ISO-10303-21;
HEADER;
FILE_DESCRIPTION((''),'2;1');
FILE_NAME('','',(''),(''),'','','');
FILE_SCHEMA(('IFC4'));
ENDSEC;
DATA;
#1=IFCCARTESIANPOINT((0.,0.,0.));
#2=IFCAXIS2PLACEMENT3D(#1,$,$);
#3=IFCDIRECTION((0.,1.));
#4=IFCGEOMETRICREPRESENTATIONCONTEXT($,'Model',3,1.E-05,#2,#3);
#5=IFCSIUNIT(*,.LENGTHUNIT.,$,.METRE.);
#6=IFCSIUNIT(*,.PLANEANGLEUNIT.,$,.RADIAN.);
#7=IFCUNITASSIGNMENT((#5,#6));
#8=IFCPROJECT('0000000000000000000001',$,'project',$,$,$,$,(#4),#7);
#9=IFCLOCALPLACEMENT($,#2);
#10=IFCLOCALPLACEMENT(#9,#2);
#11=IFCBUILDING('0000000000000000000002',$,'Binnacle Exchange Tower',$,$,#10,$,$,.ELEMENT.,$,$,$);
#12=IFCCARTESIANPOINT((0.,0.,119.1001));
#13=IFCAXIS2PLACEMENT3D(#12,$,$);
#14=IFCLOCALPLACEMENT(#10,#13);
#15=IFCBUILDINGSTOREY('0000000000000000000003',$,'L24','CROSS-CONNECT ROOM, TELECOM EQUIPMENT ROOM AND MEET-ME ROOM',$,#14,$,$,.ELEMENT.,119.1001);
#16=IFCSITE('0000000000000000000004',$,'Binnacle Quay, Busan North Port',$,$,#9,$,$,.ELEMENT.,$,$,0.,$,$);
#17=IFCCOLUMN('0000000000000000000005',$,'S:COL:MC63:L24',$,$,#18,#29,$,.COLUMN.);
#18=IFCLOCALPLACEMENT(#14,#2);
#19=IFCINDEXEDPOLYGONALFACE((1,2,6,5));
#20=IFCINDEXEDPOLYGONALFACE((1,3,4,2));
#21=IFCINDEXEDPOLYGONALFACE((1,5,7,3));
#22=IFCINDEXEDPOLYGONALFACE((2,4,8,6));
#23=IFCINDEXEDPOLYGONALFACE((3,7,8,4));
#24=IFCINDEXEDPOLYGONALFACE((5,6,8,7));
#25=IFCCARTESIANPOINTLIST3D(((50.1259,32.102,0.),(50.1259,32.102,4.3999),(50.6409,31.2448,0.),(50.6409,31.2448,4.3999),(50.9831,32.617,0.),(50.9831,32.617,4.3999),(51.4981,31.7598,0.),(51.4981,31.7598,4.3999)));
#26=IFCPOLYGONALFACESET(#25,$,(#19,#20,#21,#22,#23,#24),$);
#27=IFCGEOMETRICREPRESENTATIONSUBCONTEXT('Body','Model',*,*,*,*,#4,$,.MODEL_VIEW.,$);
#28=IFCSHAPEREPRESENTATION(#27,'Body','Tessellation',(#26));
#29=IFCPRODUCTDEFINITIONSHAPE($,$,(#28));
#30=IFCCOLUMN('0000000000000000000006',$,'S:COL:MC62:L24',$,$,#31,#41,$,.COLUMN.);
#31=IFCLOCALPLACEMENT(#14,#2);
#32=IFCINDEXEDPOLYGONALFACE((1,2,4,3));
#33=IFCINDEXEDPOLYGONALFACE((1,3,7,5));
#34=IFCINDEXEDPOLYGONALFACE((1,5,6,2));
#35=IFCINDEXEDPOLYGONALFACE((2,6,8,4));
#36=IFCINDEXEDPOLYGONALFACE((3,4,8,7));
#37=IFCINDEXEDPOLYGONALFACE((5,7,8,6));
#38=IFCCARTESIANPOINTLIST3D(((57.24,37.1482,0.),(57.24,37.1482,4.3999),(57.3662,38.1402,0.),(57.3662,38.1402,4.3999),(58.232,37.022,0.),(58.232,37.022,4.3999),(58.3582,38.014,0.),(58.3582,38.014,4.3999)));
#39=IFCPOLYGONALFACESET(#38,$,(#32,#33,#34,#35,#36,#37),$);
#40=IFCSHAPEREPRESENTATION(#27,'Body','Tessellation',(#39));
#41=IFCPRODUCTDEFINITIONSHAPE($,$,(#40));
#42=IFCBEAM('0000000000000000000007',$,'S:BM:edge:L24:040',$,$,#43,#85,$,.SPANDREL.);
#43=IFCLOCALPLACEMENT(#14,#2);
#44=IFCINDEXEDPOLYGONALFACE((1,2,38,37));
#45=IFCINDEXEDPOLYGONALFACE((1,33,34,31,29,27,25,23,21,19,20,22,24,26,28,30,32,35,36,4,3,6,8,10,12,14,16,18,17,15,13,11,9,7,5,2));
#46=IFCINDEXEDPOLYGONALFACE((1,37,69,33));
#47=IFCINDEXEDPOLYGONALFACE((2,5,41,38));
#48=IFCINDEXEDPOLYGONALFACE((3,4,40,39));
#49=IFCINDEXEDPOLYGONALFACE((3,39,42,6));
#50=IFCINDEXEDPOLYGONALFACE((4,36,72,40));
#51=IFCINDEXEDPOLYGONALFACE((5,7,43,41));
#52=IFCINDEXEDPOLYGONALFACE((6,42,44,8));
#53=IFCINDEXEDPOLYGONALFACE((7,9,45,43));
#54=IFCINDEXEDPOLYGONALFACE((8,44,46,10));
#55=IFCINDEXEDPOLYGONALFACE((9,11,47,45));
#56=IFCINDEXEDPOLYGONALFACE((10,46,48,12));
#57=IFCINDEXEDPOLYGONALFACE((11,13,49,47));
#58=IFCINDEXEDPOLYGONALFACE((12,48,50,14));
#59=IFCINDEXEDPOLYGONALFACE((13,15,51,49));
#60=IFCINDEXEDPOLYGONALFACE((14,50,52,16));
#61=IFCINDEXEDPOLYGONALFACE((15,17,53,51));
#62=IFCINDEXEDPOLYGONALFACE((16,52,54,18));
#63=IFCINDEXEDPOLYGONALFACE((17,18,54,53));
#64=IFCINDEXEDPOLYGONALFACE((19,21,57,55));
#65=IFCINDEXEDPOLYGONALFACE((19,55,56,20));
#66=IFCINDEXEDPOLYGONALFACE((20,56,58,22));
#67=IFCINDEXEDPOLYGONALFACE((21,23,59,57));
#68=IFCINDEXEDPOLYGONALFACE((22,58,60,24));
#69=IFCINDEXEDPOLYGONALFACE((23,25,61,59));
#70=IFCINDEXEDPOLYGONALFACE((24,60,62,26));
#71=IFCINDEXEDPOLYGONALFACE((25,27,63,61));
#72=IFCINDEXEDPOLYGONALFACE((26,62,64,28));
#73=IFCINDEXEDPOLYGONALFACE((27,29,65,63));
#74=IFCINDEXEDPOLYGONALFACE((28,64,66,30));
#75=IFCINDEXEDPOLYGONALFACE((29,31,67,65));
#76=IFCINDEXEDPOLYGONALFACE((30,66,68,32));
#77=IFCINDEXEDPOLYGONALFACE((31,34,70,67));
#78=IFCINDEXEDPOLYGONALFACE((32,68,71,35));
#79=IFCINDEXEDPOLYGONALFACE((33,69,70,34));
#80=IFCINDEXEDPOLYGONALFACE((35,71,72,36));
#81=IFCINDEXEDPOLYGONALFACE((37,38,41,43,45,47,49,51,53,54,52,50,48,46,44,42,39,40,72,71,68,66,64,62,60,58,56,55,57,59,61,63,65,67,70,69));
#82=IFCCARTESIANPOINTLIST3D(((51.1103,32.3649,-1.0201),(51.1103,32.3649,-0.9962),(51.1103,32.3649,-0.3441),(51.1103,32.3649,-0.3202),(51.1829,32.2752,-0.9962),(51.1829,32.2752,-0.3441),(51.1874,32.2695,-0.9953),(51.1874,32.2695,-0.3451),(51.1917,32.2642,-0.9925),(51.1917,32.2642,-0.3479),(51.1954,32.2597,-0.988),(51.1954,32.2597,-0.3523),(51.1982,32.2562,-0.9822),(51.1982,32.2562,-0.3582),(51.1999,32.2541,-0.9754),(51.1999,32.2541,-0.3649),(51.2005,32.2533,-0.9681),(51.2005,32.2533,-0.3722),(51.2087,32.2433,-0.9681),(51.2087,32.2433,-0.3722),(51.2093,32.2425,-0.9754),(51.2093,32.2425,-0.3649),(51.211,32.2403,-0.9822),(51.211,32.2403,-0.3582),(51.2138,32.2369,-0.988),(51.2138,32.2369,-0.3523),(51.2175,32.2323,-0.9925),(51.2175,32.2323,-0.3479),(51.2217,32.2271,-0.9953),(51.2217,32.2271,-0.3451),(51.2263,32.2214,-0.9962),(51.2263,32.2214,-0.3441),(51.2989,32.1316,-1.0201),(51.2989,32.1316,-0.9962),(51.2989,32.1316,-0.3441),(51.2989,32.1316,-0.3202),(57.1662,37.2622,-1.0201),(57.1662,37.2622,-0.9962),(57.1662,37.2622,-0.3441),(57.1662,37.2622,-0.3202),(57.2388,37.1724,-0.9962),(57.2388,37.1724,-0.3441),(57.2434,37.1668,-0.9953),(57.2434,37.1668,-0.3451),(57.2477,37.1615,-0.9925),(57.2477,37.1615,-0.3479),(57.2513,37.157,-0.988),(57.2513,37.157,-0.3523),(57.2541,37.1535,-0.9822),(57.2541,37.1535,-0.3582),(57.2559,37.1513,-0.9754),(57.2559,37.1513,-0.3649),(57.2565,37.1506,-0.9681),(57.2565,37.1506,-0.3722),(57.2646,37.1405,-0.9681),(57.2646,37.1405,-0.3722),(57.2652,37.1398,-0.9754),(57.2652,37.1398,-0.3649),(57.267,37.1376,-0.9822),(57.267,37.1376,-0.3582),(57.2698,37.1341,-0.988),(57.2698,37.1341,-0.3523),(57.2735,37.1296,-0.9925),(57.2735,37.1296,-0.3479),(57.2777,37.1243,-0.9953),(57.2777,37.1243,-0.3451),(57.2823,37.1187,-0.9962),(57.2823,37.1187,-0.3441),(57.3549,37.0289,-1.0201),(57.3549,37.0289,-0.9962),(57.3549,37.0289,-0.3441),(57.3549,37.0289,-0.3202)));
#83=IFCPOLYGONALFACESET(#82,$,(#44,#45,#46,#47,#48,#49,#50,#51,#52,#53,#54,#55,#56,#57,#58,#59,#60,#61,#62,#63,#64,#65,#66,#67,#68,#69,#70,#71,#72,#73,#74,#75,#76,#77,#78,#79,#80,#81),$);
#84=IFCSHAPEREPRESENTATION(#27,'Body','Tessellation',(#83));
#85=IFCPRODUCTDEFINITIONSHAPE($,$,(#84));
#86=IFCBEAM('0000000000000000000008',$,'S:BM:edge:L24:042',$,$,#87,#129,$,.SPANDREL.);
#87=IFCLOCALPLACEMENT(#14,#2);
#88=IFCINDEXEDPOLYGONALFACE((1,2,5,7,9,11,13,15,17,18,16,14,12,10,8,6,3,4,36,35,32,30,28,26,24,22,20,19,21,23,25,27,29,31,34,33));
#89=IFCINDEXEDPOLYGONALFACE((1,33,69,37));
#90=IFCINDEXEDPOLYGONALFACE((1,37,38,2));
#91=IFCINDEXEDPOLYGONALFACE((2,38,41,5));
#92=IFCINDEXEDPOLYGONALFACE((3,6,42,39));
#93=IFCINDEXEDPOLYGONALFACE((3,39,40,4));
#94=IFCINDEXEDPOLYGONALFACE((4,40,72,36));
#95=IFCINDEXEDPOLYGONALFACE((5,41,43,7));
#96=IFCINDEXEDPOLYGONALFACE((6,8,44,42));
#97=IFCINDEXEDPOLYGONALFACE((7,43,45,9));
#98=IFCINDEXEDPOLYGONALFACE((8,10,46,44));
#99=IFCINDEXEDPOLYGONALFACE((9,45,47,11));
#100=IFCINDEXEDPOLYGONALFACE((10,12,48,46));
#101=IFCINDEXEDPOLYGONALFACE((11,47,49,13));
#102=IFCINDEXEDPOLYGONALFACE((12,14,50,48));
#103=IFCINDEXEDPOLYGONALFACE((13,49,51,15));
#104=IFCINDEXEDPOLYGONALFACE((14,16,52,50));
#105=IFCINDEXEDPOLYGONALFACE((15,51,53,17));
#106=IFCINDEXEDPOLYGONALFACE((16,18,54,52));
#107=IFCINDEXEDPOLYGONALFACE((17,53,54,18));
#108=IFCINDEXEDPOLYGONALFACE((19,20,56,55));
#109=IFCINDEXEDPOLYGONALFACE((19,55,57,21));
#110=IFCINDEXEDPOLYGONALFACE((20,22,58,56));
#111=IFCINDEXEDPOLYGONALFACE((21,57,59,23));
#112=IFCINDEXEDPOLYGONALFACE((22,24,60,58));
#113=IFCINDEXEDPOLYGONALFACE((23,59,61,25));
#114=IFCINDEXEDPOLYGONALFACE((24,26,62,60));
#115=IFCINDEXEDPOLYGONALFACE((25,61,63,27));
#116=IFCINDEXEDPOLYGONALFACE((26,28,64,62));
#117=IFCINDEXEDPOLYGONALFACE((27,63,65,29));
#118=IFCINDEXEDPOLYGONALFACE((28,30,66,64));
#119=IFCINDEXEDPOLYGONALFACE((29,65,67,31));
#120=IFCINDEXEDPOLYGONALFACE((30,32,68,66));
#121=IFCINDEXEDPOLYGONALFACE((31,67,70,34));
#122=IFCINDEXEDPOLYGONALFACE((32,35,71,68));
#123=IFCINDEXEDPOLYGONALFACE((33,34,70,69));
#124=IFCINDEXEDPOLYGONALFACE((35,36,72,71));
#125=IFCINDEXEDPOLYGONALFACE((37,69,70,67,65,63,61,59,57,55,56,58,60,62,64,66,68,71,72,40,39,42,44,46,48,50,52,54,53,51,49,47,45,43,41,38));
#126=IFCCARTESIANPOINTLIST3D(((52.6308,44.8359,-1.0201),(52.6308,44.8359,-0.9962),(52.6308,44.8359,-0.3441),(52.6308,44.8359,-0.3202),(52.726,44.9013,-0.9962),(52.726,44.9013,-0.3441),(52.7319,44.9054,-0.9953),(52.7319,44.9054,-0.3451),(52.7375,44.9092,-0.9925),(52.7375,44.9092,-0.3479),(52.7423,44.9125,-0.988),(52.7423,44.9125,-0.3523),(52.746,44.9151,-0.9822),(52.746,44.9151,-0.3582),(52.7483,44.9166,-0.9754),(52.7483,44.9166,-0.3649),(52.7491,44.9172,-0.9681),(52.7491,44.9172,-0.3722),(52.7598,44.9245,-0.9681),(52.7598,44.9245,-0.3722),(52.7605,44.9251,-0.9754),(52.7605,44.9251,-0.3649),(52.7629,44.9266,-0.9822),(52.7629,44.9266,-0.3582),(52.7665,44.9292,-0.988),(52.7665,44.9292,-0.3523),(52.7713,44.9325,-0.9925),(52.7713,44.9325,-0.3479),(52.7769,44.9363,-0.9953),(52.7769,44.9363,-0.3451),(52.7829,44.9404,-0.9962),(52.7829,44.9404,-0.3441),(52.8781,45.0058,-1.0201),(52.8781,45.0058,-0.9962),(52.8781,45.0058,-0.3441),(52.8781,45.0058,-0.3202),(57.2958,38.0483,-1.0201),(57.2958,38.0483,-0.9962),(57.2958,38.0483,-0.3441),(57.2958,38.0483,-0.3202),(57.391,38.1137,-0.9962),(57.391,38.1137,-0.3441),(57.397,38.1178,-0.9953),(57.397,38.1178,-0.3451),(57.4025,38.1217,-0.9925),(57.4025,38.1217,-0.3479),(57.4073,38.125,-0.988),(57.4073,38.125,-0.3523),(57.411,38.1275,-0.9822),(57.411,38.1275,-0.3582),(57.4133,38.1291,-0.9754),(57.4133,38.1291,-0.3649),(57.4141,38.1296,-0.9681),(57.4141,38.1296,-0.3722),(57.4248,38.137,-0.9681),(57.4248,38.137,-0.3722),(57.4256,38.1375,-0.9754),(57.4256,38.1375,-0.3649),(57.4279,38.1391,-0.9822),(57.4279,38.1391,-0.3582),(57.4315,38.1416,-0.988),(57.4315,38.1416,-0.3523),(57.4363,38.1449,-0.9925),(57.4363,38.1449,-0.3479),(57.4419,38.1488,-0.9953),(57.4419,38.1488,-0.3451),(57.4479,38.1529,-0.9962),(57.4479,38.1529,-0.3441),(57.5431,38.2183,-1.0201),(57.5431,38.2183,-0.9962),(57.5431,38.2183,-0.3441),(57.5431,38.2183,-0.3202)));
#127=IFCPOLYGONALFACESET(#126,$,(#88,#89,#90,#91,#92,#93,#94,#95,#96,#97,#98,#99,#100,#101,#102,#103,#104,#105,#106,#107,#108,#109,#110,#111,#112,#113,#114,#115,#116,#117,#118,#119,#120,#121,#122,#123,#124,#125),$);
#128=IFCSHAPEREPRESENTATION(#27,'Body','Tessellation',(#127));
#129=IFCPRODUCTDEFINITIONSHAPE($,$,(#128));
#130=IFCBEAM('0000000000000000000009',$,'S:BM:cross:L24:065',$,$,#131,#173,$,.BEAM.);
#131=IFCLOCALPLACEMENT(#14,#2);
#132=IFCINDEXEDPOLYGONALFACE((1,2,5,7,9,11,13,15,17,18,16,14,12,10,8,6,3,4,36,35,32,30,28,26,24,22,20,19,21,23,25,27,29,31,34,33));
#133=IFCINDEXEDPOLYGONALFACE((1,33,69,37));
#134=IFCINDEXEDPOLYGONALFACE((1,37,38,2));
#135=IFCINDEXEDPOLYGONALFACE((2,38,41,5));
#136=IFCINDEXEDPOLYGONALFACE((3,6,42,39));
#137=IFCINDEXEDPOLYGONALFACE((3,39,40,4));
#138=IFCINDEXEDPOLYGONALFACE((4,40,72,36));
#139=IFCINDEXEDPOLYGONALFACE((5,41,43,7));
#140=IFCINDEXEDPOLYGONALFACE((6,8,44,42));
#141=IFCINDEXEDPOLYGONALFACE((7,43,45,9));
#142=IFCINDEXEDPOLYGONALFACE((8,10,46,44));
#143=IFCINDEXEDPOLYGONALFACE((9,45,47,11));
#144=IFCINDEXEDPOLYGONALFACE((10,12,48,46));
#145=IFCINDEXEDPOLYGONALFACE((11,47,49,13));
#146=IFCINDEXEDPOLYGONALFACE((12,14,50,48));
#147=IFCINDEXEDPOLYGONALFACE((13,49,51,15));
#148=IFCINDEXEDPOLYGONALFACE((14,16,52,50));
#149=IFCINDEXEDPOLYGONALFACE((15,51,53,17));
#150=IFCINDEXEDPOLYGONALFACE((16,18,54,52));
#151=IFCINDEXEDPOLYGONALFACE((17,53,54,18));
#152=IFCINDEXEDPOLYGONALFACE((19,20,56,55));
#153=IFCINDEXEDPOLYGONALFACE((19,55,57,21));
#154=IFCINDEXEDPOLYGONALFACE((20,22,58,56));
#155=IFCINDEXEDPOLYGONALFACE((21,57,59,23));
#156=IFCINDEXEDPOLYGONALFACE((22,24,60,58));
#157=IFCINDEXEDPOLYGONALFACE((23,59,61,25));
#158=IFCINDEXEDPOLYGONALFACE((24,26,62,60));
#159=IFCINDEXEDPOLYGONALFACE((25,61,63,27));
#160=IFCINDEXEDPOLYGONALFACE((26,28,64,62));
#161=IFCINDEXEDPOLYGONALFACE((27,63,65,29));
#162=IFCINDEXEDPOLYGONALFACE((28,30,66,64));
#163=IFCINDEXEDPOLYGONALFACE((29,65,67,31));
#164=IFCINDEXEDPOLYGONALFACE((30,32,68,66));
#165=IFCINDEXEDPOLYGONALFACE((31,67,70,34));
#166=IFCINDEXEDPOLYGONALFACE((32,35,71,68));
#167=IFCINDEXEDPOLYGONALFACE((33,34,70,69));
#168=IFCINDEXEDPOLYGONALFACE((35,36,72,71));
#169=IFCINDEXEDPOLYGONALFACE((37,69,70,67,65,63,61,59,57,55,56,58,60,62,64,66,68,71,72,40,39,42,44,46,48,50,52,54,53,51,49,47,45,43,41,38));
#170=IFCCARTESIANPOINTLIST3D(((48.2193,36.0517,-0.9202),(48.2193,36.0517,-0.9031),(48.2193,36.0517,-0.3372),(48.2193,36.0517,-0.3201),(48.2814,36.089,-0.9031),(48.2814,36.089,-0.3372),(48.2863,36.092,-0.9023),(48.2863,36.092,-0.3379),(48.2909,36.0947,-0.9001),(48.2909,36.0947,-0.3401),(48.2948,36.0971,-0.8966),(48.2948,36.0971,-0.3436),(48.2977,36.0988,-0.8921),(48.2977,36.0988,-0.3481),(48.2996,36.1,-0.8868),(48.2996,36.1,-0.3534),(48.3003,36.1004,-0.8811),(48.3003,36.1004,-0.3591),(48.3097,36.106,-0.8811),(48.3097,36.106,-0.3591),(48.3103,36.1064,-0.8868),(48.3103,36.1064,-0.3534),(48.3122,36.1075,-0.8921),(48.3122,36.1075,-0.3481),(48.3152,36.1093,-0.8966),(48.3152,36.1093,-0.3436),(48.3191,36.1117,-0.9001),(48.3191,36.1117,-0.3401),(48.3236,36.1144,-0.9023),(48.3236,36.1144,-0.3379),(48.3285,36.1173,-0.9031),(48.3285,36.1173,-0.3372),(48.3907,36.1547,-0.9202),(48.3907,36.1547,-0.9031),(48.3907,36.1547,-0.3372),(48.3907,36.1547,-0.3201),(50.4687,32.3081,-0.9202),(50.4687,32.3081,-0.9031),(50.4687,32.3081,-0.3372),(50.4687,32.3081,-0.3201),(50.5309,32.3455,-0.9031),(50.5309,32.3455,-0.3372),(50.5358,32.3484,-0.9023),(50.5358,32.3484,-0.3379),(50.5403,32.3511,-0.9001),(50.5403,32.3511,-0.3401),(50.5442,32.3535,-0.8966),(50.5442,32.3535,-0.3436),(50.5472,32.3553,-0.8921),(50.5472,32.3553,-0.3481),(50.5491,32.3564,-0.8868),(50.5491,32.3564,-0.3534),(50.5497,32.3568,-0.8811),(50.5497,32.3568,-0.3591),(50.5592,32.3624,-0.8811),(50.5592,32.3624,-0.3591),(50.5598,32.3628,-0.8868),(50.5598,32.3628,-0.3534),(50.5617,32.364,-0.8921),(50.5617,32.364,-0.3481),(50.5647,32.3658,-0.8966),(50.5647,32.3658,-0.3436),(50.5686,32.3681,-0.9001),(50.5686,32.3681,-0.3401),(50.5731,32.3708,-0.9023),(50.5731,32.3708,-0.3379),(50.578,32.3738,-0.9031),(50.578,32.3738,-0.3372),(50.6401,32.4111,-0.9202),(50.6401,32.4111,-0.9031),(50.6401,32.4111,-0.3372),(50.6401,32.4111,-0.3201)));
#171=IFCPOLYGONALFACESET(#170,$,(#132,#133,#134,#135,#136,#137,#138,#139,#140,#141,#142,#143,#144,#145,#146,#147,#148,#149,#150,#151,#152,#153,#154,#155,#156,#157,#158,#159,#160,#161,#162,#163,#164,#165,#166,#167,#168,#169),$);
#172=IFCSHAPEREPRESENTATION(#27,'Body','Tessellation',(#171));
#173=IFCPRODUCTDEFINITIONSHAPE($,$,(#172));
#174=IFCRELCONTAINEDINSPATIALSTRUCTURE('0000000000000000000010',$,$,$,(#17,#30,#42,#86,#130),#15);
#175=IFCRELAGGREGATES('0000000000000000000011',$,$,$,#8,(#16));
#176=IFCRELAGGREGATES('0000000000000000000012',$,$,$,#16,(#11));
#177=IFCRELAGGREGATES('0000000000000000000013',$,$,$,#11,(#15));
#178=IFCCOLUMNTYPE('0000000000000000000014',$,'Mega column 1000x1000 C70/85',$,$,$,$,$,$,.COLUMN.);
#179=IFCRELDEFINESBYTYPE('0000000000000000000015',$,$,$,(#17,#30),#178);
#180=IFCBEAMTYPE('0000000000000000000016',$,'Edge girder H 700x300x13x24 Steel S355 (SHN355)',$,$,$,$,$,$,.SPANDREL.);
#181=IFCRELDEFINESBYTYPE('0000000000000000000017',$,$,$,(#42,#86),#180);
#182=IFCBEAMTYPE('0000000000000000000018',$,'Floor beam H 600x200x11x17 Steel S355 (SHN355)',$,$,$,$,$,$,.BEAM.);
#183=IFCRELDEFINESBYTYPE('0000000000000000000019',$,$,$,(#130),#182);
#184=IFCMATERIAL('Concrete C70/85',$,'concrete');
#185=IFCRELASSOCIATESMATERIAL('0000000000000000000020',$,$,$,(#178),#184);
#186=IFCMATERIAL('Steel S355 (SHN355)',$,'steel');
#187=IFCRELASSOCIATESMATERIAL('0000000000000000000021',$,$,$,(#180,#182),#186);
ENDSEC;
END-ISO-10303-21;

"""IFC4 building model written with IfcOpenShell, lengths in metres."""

from ifc_helpers import new_model, si_unit, direction, frame, origin, origin_2d, place, context, subcontext, project, spatial, rectangle, i_section, extrude, material, material_profile, profile_set, type_object, element, save


model = new_model("IFC4")

# Units and contexts
model_context = context("Model", 3, precision=1e-05, world=origin(), true_north=direction((0.0, 1.0)))
body_context = subcontext(model_context, "Body", "Model", "MODEL_VIEW")
ifc_project = project(units=[si_unit("LENGTHUNIT", "METRE"), si_unit("PLANEANGLEUNIT", "RADIAN")], contexts=[model_context])

# Site, building, storey
site_placement = place(None, origin())
site = spatial("IfcSite", under=ifc_project, at=site_placement, Name="Binnacle Quay, Busan North Port", CompositionType="ELEMENT", RefElevation=0.0)
building_placement = place(site_placement, origin())
building = spatial("IfcBuilding", under=site, at=building_placement, Name="Binnacle Exchange Tower", CompositionType="ELEMENT")
storey_placement = place(building_placement, frame((0.0, 0.0, 119.1001)))
storey = spatial("IfcBuildingStorey", under=building, at=storey_placement, Name="L24", Description="CROSS-CONNECT ROOM, TELECOM EQUIPMENT ROOM AND MEET-ME ROOM", CompositionType="ELEMENT", Elevation=119.1001)

# Columns
ifc_material_1 = material(Name="Concrete C70/85", Category="concrete")
ifc_material_profile_1 = material_profile(ifc_material_1, rectangle(XDim=1.0, YDim=1.0, at=origin_2d()), Name="Mega column 1000x1000 C70/85")
ifc_profile_set_1 = profile_set([ifc_material_profile_1], Name="Concrete C70/85")
column_type = type_object("IfcColumnType", Name="Mega column 1000x1000 C70/85", PredefinedType="COLUMN", material=ifc_profile_set_1)
for number, where, z_axis, x_axis, name in (
    (1, (50.812, 31.9309, 0.0), (0.0, 0.0, 1.0), (0.857167, 0.515038, 0.0), "S:COL:MC63:L24"),
    (2, (57.7991, 37.5811, 0.0), (0.0, 0.0, 1.0), (0.126199, 0.992005, 0.0), "S:COL:MC62:L24"),
):
    element("IfcColumn", number, at=place(storey_placement, frame(where, z_axis=z_axis, x_axis=x_axis)), inside=storey, type_object=column_type, Name=name, PredefinedType="COLUMN", context=body_context, shape_type="SweptSolid", body=[
        extrude(rectangle(XDim=1.0, YDim=1.0, at=origin_2d()), origin(), (0.0, 0.0, 1.0), 4.3999),
    ])

# Beams
ifc_material_2 = material(Name="Steel S355 (SHN355)", Category="steel")
ifc_material_profile_2 = material_profile(ifc_material_2, i_section(OverallWidth=0.3, OverallDepth=0.7, WebThickness=0.0129, FlangeThickness=0.0239, FilletRadius=0.0281, at=origin_2d()), Name="H 700x300x13x24")
ifc_profile_set_2 = profile_set([ifc_material_profile_2], Name="Steel S355 (SHN355)")
beam_type_1 = type_object("IfcBeamType", Name="Edge girder H 700x300x13x24 Steel S355 (SHN355)", PredefinedType="SPANDREL", material=ifc_profile_set_2)
beam_1_placement = place(storey_placement, frame((51.2046, 32.2483, -0.6702), z_axis=(0.77757, 0.628796, 0.0), x_axis=(-0.628796, 0.77757, 0.0)))
element("IfcBeam", 3, at=beam_1_placement, inside=storey, type_object=beam_type_1, Name="S:BM:edge:L24:040", PredefinedType="SPANDREL", context=body_context, shape_type="SweptSolid", body=[
    extrude(i_section(OverallWidth=0.3, OverallDepth=0.7, WebThickness=0.0129, FlangeThickness=0.0239, FilletRadius=0.0281, at=origin_2d()), origin(), (0.0, 0.0, 1.0), 7.7883),
])
beam_2_placement = place(storey_placement, frame((57.4194, 38.1333, -0.6702), z_axis=(-0.566411, 0.824123, 0.0), x_axis=(-0.824123, -0.566411, 0.0)))
element("IfcBeam", 4, at=beam_2_placement, inside=storey, type_object=beam_type_1, Name="S:BM:edge:L24:042", PredefinedType="SPANDREL", context=body_context, shape_type="SweptSolid", body=[
    extrude(i_section(OverallWidth=0.3, OverallDepth=0.7, WebThickness=0.0129, FlangeThickness=0.0239, FilletRadius=0.0281, at=origin_2d()), origin(), (0.0, 0.0, 1.0), 8.2361),
])
ifc_material_profile_3 = material_profile(ifc_material_2, i_section(OverallWidth=0.2, OverallDepth=0.6001, WebThickness=0.011, FlangeThickness=0.0171, FilletRadius=0.022, at=origin_2d()), Name="H 600x200x11x17")
ifc_profile_set_3 = profile_set([ifc_material_profile_3], Name="Steel S355 (SHN355)")
beam_type_2 = type_object("IfcBeamType", Name="Floor beam H 600x200x11x17 Steel S355 (SHN355)", PredefinedType="BEAM", material=ifc_profile_set_3)
beam_3_placement = place(storey_placement, frame((50.5544, 32.3596, -0.6201), z_axis=(-0.515055, 0.857157, 0.0), x_axis=(-0.857157, -0.515055, 0.0)))
element("IfcBeam", 5, at=beam_3_placement, inside=storey, type_object=beam_type_2, Name="S:BM:cross:L24:065", PredefinedType="BEAM", context=body_context, shape_type="SweptSolid", body=[
    extrude(i_section(OverallWidth=0.2, OverallDepth=0.6001, WebThickness=0.011, FlangeThickness=0.0171, FilletRadius=0.022, at=origin_2d()), origin(), (0.0, 0.0, 1.0), 4.3674),
])

save(model, "model.ifc")
